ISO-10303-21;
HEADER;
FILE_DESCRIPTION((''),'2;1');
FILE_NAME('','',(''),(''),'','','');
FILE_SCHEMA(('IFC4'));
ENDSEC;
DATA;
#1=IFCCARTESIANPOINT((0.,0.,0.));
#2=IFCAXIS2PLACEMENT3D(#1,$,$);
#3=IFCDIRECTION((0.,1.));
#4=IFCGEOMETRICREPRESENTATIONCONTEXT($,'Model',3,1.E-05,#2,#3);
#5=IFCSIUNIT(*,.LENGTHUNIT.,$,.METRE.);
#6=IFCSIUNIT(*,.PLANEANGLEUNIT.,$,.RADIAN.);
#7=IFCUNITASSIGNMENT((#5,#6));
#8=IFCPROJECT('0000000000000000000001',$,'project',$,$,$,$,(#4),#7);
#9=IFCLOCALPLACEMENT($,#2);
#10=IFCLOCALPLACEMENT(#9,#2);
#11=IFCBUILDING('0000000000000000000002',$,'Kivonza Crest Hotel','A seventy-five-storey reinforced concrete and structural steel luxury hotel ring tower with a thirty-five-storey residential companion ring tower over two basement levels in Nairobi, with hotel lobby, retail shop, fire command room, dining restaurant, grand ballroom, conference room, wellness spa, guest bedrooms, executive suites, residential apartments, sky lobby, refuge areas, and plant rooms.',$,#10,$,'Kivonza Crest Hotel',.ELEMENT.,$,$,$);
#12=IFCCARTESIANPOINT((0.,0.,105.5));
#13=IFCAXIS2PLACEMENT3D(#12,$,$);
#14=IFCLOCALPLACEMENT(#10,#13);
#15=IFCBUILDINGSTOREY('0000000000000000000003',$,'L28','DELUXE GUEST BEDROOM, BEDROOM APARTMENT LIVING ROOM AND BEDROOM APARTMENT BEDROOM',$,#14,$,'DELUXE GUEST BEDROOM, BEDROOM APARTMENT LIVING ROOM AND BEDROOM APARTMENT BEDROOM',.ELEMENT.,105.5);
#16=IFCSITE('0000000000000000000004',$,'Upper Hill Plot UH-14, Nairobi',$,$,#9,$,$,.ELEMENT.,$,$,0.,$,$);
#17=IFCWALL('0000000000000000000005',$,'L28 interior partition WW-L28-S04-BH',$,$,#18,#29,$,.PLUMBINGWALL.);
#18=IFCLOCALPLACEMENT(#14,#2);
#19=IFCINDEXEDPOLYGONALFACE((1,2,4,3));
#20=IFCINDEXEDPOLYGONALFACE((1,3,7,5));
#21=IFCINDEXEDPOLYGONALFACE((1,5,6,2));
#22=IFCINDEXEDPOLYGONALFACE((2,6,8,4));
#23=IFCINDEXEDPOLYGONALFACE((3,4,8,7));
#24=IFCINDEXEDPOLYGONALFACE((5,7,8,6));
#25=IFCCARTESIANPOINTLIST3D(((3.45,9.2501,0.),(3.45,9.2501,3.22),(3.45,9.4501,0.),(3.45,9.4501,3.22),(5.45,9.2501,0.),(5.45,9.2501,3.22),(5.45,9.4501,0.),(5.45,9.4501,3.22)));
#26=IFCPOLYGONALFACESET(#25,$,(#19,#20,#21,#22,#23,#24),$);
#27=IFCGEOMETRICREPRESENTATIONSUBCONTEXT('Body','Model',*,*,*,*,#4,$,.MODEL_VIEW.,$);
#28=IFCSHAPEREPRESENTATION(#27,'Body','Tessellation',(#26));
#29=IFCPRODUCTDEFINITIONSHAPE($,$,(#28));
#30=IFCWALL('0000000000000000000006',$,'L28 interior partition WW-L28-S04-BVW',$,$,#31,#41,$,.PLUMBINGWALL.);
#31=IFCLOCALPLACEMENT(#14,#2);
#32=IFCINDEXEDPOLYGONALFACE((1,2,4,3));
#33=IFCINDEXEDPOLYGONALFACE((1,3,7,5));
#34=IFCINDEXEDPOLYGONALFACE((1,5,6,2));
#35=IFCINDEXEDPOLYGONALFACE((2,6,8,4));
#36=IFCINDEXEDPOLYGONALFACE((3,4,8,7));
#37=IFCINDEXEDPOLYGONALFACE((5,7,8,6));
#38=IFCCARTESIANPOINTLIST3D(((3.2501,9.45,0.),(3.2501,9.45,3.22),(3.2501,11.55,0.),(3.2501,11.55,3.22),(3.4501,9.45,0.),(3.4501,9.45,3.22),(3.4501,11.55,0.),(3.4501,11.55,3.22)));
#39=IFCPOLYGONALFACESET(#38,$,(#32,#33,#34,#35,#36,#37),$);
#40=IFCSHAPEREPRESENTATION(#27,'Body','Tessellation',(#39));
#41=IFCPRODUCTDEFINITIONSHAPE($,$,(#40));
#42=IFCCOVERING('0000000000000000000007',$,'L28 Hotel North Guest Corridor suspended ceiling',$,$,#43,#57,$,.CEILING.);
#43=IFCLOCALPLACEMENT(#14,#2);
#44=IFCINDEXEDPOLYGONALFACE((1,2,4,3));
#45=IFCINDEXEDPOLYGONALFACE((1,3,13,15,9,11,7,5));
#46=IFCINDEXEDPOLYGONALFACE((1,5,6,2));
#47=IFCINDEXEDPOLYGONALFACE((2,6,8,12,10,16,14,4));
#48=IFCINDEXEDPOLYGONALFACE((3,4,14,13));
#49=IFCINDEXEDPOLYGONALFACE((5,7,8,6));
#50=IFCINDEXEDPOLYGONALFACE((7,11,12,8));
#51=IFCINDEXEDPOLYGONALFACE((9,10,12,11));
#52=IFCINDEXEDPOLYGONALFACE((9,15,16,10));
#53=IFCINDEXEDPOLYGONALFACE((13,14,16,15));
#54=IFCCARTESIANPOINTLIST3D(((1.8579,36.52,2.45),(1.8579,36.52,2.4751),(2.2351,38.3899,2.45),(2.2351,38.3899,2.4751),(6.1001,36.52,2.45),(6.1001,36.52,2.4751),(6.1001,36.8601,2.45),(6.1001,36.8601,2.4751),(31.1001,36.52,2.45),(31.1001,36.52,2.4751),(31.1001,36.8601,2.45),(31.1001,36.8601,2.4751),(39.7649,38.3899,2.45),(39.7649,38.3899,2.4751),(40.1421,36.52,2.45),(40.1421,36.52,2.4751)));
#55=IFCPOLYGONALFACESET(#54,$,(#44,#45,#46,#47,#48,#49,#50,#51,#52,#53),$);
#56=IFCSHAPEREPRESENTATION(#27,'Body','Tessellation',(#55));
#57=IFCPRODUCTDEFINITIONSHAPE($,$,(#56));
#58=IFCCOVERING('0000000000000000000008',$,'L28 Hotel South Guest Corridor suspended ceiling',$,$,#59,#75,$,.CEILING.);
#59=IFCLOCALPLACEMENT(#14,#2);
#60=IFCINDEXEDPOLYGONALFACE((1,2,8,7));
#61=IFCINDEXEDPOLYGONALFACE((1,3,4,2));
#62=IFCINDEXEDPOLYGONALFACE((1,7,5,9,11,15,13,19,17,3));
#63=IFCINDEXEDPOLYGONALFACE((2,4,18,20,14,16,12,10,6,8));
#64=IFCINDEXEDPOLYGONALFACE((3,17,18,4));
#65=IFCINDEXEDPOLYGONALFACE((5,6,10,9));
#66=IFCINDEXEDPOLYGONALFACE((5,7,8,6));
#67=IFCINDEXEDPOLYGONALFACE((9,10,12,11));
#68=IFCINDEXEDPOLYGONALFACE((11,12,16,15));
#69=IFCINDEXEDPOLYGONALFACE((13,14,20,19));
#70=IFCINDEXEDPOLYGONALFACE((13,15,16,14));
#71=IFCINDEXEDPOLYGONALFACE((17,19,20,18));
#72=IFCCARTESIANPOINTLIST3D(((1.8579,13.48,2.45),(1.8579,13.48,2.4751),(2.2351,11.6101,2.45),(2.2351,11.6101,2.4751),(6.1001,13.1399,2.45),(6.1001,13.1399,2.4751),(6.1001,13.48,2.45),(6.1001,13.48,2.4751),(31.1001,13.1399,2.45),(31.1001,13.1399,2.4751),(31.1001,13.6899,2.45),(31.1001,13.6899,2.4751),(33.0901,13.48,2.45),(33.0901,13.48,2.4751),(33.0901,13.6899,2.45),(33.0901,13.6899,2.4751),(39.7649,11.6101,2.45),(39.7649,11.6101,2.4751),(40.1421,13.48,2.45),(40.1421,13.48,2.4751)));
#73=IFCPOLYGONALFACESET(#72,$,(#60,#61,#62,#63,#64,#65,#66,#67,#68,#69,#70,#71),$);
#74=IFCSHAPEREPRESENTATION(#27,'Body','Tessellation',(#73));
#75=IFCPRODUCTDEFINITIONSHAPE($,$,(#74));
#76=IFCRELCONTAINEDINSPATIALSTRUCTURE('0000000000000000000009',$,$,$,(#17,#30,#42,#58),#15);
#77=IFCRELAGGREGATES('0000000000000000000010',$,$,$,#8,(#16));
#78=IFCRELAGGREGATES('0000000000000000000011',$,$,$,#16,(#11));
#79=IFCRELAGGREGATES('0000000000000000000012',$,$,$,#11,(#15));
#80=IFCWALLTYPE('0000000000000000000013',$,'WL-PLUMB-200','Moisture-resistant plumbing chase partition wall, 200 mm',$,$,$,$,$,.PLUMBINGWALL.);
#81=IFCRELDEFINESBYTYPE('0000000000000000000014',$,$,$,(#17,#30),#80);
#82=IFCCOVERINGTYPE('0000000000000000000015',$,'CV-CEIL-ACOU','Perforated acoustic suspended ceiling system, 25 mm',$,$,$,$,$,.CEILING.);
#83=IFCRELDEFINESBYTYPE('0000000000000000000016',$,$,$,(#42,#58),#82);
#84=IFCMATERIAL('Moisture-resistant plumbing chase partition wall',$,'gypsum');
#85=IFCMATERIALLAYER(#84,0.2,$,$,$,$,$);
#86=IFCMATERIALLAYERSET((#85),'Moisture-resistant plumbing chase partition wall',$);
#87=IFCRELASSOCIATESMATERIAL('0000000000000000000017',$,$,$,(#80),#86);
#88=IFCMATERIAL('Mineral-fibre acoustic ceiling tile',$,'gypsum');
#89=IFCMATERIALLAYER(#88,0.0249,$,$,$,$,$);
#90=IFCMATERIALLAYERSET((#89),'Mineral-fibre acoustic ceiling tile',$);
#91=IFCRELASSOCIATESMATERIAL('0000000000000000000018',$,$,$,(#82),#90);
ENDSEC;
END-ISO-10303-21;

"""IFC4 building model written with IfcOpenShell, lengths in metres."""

from ifc_helpers import new_model, si_unit, direction, frame, frame_2d, origin, place, context, subcontext, project, spatial, polyline, rectangle, outline, extrude, material, layer, layer_set, type_object, element, save


model = new_model("IFC4")

# Units and contexts
model_context = context("Model", 3, precision=1e-05, world=origin(), true_north=direction((0.0, 1.0)))
body_context = subcontext(model_context, "Body", "Model", "MODEL_VIEW")
ifc_project = project(units=[si_unit("LENGTHUNIT", "METRE"), si_unit("PLANEANGLEUNIT", "RADIAN")], contexts=[model_context])

# Site, building, storey
site_placement = place(None, origin())
site = spatial("IfcSite", under=ifc_project, at=site_placement, Name="Upper Hill Plot UH-14, Nairobi", CompositionType="ELEMENT", RefElevation=0.0)
building_placement = place(site_placement, origin())
building = spatial("IfcBuilding", under=site, at=building_placement, Name="Kivonza Crest Hotel", Description="A seventy-five-storey reinforced concrete and structural steel luxury hotel ring tower with a thirty-five-storey residential companion ring tower over two basement levels in Nairobi, with hotel lobby, retail shop, fire command room, dining restaurant, grand ballroom, conference room, wellness spa, guest bedrooms, executive suites, residential apartments, sky lobby, refuge areas, and plant rooms.", LongName="Kivonza Crest Hotel", CompositionType="ELEMENT")
storey_placement = place(building_placement, frame((0.0, 0.0, 105.5)))
storey = spatial("IfcBuildingStorey", under=building, at=storey_placement, Name="L28", Description="DELUXE GUEST BEDROOM, BEDROOM APARTMENT LIVING ROOM AND BEDROOM APARTMENT BEDROOM", LongName="DELUXE GUEST BEDROOM, BEDROOM APARTMENT LIVING ROOM AND BEDROOM APARTMENT BEDROOM", CompositionType="ELEMENT", Elevation=105.5)

# Walls
ifc_material_1 = material(Name="Moisture-resistant plumbing chase partition wall", Category="gypsum")
ifc_layer_1 = layer(ifc_material_1, 0.2)
ifc_layer_set_1 = layer_set([ifc_layer_1], Name="Moisture-resistant plumbing chase partition wall")
wall_type_1 = type_object("IfcWallType", Name="WL-PLUMB-200", Description="Moisture-resistant plumbing chase partition wall, 200 mm", PredefinedType="PLUMBINGWALL", material=ifc_layer_set_1)
wall_1_placement = place(storey_placement, frame((3.45, 9.3501, 0.0), z_axis=(0.0, 0.0, 1.0), x_axis=(1.0, 0.0, 0.0)))
element("IfcWall", 1, at=wall_1_placement, inside=storey, type_object=wall_type_1, Name="L28 interior partition WW-L28-S04-BH", PredefinedType="PLUMBINGWALL", context=body_context, shape_type="SweptSolid", body=[
    extrude(rectangle(XDim=2.0, YDim=0.2, at=frame_2d((1.0, 0.0))), origin(), (0.0, 0.0, 1.0), 3.22),
])
wall_2_placement = place(storey_placement, frame((3.3501, 9.45, 0.0), z_axis=(0.0, 0.0, 1.0), x_axis=(0.0, 1.0, 0.0)))
element("IfcWall", 2, at=wall_2_placement, inside=storey, type_object=wall_type_1, Name="L28 interior partition WW-L28-S04-BVW", PredefinedType="PLUMBINGWALL", context=body_context, shape_type="SweptSolid", body=[
    extrude(rectangle(XDim=2.1001, YDim=0.2, at=frame_2d((1.05, 0.0))), origin(), (0.0, 0.0, 1.0), 3.22),
])

# Coverings
ifc_material_2 = material(Name="Mineral-fibre acoustic ceiling tile", Category="gypsum")
ifc_layer_2 = layer(ifc_material_2, 0.0249)
ifc_layer_set_2 = layer_set([ifc_layer_2], Name="Mineral-fibre acoustic ceiling tile")
covering_type = type_object("IfcCoveringType", Name="CV-CEIL-ACOU", Description="Perforated acoustic suspended ceiling system, 25 mm", PredefinedType="CEILING", material=ifc_layer_set_2)
covering_1_placement = place(storey_placement, frame((0.0, 0.0, 2.45)))
element("IfcCovering", 3, at=covering_1_placement, inside=storey, type_object=covering_type, Name="L28 Hotel North Guest Corridor suspended ceiling", PredefinedType="CEILING", context=body_context, shape_type="SweptSolid", body=[
    extrude(outline(polyline([(2.2351, 38.3899), (1.8579, 36.52), (6.1001, 36.52), (6.1001, 36.8601), (31.1001, 36.8601), (31.1001, 36.52), (40.1421, 36.52), (39.7649, 38.3899), (2.2351, 38.3899)])), origin(), (0.0, 0.0, 1.0), 0.0251),
])
covering_2_placement = place(storey_placement, frame((0.0, 0.0, 2.45)))
element("IfcCovering", 4, at=covering_2_placement, inside=storey, type_object=covering_type, Name="L28 Hotel South Guest Corridor suspended ceiling", PredefinedType="CEILING", context=body_context, shape_type="SweptSolid", body=[
    extrude(outline(polyline([(33.0901, 13.48), (33.0901, 13.6899), (31.1001, 13.6899), (31.1001, 13.1399), (6.1001, 13.1399), (6.1001, 13.48), (1.8579, 13.48), (2.2351, 11.6101), (39.7649, 11.6101), (40.1421, 13.48), (33.0901, 13.48)])), origin(), (0.0, 0.0, 1.0), 0.0251),
])

save(model, "model.ifc")
